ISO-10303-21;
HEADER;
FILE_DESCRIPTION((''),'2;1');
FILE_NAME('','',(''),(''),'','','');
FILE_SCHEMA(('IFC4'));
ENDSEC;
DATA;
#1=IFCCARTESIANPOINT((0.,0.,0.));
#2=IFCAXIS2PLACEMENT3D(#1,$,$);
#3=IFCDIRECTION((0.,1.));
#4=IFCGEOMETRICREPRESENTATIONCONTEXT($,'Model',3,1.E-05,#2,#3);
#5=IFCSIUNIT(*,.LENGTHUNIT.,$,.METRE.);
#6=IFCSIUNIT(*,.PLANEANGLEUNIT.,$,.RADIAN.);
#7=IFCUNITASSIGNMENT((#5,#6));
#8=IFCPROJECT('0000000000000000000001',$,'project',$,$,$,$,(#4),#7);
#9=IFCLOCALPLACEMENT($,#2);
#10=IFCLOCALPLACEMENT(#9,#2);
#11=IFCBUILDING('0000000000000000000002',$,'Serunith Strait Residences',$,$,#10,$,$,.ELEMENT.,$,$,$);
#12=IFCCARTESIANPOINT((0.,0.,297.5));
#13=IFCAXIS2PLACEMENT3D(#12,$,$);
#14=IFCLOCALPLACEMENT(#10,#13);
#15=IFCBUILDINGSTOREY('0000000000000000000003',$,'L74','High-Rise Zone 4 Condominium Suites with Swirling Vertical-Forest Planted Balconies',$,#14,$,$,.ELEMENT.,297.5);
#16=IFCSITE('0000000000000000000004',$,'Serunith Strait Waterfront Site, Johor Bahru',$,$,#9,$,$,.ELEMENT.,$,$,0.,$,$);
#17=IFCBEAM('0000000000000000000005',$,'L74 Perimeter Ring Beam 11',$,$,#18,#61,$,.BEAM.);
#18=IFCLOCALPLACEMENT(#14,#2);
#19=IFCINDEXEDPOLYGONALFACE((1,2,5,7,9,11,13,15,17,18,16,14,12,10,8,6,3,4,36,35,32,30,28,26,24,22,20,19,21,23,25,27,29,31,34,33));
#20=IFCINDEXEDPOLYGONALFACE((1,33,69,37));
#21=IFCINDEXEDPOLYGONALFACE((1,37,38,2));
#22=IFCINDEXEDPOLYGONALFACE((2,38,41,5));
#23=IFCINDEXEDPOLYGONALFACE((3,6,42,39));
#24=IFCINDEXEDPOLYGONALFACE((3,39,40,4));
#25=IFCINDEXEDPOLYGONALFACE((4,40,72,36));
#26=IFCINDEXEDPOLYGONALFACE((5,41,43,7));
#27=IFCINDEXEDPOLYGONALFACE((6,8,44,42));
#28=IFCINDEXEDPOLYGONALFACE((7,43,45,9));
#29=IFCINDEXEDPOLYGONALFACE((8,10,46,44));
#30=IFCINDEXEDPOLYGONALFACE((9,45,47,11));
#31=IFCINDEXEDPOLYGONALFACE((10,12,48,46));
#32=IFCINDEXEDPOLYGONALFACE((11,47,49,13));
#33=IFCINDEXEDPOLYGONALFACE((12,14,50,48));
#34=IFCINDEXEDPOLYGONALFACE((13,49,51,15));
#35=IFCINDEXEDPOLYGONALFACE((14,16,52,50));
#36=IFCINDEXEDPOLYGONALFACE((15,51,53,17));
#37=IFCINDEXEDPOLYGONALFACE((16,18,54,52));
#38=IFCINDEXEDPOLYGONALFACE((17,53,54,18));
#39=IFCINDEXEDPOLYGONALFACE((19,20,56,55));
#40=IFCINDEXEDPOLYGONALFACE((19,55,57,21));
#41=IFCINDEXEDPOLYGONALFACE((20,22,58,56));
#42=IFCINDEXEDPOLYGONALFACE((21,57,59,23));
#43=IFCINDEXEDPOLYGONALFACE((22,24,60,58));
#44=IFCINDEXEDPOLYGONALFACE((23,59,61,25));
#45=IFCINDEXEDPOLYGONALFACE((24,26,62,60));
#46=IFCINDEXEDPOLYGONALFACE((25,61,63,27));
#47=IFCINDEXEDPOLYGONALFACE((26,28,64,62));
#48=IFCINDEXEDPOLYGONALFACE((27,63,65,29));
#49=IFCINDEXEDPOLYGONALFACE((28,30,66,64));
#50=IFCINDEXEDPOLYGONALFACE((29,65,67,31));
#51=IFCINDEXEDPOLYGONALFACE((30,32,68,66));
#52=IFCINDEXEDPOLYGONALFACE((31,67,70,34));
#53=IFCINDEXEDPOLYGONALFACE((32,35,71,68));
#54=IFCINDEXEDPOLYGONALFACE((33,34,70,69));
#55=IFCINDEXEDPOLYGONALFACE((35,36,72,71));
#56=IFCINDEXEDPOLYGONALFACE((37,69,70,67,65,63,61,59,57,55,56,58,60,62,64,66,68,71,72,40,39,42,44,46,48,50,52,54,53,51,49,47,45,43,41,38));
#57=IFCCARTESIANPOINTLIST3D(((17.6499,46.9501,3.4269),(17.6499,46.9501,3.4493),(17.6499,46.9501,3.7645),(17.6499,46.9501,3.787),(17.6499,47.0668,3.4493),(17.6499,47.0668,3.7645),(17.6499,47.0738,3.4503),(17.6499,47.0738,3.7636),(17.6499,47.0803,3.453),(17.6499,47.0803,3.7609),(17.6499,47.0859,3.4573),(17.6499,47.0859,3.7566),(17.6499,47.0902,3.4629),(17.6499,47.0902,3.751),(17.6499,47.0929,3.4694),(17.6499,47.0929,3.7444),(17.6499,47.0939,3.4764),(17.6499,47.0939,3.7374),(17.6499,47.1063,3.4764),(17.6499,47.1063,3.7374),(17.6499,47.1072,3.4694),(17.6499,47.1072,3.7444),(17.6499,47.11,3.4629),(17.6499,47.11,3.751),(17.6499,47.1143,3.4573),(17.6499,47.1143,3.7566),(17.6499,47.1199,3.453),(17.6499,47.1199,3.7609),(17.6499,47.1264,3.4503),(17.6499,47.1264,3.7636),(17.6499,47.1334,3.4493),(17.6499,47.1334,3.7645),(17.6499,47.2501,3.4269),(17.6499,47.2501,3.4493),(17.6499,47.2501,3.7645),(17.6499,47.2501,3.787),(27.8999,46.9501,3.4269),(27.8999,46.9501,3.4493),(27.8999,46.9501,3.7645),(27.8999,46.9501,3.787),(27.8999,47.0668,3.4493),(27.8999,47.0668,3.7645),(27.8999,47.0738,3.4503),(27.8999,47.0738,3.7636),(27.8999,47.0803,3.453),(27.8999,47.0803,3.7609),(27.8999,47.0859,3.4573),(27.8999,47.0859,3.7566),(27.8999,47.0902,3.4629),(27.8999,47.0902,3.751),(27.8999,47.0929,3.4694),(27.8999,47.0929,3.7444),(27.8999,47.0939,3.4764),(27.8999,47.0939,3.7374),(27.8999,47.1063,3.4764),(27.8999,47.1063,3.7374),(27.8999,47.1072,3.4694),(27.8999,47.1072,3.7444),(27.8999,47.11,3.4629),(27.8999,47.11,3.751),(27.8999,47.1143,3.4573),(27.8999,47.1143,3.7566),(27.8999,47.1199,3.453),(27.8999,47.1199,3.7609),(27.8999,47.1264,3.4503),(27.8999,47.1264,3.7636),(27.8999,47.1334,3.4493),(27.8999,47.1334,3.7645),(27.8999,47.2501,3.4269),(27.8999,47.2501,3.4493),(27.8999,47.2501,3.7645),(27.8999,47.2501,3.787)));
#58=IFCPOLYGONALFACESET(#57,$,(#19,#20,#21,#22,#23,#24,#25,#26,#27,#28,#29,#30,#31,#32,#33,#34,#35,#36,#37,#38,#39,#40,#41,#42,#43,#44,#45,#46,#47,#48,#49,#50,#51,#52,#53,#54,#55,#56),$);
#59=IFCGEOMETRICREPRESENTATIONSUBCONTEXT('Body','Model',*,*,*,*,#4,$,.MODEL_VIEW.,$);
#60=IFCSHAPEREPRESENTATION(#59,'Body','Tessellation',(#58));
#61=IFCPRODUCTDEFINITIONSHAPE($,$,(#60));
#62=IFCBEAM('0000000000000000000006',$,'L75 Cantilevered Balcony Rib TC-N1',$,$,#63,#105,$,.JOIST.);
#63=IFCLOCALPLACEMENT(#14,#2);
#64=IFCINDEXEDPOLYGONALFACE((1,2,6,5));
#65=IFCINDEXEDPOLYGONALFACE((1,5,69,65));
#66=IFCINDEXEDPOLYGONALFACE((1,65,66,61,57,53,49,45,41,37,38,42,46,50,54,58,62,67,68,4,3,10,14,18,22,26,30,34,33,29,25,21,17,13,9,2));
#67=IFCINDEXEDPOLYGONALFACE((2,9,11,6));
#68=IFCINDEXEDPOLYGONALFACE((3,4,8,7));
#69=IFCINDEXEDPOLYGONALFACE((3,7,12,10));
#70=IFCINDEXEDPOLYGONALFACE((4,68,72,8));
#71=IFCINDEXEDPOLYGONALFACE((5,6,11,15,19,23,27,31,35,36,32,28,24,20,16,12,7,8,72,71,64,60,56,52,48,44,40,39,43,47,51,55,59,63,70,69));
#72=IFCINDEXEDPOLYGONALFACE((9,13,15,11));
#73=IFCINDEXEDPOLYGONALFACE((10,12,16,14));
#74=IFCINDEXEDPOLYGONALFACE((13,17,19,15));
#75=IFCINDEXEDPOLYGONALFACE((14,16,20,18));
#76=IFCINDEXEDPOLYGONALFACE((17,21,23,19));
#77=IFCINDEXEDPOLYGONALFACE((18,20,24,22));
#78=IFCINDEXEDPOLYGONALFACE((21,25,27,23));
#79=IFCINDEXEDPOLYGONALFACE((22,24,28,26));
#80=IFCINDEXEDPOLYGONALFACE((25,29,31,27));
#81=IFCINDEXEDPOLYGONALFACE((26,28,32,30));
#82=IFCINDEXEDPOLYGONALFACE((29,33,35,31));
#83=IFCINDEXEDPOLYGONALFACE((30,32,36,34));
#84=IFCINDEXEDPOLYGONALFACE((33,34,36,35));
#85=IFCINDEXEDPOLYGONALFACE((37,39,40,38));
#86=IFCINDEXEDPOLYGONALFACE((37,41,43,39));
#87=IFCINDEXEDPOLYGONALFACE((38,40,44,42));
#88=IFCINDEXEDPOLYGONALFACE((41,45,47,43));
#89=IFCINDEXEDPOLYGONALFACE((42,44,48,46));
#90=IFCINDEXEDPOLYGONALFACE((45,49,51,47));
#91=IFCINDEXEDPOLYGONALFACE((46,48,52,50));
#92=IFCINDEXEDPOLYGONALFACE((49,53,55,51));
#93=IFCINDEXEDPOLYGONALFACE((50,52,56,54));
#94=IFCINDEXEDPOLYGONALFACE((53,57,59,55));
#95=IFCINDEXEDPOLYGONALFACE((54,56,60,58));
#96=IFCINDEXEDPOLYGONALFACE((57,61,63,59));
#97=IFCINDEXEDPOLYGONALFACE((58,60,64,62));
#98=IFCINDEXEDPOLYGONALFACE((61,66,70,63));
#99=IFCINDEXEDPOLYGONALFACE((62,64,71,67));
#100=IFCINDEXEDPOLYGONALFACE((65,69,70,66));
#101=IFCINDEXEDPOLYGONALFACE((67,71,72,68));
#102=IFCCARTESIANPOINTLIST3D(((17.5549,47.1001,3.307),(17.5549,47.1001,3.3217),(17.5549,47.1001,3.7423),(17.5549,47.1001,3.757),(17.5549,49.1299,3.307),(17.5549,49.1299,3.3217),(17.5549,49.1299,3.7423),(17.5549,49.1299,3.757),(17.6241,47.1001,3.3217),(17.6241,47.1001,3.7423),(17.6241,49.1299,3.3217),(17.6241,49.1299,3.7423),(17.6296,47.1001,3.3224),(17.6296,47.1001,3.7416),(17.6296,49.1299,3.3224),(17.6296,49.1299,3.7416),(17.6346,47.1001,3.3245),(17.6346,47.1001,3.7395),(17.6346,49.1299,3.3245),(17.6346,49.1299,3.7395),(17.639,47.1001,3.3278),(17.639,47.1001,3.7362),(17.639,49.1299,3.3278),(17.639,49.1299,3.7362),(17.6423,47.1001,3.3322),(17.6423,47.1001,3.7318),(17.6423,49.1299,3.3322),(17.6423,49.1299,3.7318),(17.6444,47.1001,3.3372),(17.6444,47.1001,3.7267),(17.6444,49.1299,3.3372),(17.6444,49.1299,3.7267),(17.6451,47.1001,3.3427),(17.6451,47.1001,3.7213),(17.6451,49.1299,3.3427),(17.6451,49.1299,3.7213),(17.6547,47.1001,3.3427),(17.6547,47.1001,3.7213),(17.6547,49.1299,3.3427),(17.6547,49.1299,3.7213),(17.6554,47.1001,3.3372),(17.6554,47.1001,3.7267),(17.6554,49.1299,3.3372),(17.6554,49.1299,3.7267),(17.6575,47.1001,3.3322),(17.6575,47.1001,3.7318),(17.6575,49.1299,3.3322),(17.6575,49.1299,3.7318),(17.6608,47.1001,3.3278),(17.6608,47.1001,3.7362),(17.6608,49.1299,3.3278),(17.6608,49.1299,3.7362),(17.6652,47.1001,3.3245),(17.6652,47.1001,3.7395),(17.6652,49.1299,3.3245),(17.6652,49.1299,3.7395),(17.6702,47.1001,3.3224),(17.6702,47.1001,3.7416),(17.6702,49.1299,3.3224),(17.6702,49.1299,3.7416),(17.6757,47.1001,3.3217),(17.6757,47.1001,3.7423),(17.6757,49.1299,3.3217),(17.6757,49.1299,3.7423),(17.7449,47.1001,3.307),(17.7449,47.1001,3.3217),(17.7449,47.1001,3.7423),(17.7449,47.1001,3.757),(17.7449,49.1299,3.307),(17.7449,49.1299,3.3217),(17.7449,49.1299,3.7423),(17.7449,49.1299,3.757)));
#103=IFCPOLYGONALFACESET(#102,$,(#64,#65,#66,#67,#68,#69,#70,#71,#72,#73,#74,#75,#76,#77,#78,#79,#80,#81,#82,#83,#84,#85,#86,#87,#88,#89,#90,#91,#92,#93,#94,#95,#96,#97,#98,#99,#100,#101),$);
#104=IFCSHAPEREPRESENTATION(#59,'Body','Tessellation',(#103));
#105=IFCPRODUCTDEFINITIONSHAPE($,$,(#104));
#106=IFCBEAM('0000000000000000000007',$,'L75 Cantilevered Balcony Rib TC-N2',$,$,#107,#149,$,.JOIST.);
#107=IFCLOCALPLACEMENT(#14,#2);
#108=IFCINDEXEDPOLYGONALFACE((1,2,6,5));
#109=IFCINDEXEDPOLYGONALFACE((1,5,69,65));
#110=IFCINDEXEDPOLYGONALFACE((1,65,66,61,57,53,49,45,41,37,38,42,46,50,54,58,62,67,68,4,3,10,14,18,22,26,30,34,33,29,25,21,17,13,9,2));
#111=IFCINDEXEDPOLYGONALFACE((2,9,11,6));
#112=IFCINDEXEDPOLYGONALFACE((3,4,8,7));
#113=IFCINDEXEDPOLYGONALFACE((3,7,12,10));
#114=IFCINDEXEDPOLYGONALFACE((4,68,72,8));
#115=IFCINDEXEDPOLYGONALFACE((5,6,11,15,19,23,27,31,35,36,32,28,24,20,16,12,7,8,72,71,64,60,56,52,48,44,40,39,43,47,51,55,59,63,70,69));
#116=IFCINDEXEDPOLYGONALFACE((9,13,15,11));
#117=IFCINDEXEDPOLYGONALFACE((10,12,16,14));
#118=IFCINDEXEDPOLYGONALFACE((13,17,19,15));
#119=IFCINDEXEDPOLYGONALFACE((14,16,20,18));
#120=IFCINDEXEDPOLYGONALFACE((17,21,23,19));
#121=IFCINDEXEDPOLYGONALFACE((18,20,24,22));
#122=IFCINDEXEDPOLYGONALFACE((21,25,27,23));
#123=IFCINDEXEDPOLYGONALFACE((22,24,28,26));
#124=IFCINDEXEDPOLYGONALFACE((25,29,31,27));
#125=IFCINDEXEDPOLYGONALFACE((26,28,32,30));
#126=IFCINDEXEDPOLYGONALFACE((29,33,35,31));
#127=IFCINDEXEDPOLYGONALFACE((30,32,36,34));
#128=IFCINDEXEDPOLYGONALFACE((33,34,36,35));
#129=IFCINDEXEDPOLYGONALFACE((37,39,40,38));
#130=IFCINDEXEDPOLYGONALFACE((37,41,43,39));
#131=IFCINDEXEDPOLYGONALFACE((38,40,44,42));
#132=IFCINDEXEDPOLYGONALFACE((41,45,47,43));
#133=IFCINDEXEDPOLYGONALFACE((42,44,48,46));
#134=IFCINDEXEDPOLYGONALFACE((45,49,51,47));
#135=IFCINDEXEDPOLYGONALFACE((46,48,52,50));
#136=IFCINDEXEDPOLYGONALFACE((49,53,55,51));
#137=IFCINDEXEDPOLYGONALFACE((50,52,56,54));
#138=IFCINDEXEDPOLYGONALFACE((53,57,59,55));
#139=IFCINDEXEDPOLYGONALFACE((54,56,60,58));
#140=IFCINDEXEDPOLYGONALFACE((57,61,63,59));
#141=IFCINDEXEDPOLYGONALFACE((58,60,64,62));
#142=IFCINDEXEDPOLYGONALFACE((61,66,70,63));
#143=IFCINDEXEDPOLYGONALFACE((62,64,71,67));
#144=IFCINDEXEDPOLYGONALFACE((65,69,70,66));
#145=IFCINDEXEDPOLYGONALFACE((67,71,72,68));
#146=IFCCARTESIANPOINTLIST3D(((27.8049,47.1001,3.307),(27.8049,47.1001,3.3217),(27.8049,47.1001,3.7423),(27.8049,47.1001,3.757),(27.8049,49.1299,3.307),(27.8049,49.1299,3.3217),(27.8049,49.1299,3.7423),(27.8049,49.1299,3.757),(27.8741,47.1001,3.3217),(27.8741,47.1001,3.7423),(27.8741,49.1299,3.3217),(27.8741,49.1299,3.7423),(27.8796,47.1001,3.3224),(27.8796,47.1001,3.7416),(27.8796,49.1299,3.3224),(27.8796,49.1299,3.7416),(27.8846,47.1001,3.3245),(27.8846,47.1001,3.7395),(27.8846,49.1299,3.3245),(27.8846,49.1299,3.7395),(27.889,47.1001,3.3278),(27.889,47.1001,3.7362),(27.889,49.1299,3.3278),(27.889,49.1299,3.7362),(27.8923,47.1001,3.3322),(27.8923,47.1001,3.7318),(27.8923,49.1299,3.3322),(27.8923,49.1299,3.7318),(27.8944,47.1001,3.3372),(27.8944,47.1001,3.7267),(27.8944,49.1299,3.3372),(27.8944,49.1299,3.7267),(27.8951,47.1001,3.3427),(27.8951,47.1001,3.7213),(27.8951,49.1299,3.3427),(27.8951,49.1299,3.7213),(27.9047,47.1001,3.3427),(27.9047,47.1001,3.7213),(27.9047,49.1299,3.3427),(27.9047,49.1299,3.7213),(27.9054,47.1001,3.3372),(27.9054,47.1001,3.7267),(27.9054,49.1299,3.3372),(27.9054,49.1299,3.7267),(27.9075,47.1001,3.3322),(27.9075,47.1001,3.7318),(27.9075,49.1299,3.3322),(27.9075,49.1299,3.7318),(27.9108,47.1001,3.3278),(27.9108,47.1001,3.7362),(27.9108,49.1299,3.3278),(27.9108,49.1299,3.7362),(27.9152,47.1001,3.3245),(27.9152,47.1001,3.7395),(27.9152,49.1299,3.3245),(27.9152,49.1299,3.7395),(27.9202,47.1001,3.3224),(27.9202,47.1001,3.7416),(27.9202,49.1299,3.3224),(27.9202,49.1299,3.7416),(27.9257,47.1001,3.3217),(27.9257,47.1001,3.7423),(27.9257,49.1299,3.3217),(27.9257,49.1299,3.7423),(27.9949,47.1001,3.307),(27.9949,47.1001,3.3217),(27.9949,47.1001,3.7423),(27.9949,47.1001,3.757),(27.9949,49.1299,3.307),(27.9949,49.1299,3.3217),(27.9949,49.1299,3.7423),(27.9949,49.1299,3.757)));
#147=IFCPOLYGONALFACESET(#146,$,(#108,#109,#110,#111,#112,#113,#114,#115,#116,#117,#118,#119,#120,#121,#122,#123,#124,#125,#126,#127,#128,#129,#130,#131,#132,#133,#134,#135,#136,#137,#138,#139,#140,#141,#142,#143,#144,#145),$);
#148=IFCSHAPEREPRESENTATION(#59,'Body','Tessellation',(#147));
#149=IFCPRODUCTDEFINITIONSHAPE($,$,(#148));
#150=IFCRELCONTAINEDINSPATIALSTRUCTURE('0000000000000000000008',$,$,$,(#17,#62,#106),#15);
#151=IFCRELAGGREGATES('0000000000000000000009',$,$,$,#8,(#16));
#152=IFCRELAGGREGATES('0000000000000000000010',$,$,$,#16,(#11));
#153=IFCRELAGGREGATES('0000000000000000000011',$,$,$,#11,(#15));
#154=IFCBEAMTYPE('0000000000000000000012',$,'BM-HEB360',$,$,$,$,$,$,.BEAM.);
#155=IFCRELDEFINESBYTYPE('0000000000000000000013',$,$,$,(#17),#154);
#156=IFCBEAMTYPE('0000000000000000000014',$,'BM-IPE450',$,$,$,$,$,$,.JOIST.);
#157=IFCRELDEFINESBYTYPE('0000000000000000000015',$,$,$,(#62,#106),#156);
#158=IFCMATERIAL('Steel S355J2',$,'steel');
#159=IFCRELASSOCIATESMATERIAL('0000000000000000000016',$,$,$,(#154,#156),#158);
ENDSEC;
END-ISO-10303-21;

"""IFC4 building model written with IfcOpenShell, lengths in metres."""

from ifc_helpers import new_model, si_unit, direction, frame, origin, origin_2d, place, context, subcontext, project, spatial, i_section, extrude, source, transform, mapped, material, material_profile, profile_set, type_object, element, save


model = new_model("IFC4")

# Units and contexts
model_context = context("Model", 3, precision=1e-05, world=origin(), true_north=direction((0.0, 1.0)))
body_context = subcontext(model_context, "Body", "Model", "MODEL_VIEW")
ifc_project = project(units=[si_unit("LENGTHUNIT", "METRE"), si_unit("PLANEANGLEUNIT", "RADIAN")], contexts=[model_context])

# Site, building, storey
site_placement = place(None, origin())
site = spatial("IfcSite", under=ifc_project, at=site_placement, Name="Serunith Strait Waterfront Site, Johor Bahru", CompositionType="ELEMENT", RefElevation=0.0)
building_placement = place(site_placement, origin())
building = spatial("IfcBuilding", under=site, at=building_placement, Name="Serunith Strait Residences", CompositionType="ELEMENT")
storey_placement = place(building_placement, frame((0.0, 0.0, 297.5)))
storey = spatial("IfcBuildingStorey", under=building, at=storey_placement, Name="L74", Description="High-Rise Zone 4 Condominium Suites with Swirling Vertical-Forest Planted Balconies", CompositionType="ELEMENT", Elevation=297.5)

# Beams
ifc_material_1 = material(Name="Steel S355J2", Category="steel")
ifc_material_profile_1 = material_profile(ifc_material_1, i_section(OverallWidth=0.3, OverallDepth=0.3601, WebThickness=0.0125, FlangeThickness=0.0225, FilletRadius=0.0271, at=origin_2d()), Name="HEB 360")
ifc_profile_set_1 = profile_set([ifc_material_profile_1], Name="Steel S355J2")
beam_type_1 = type_object("IfcBeamType", Name="BM-HEB360", PredefinedType="BEAM", material=ifc_profile_set_1)
shared_shape_1 = source(origin(), body_context, "Body", "SweptSolid", [
    extrude(i_section(OverallWidth=0.3, OverallDepth=0.3601, WebThickness=0.0125, FlangeThickness=0.0225, FilletRadius=0.0271, at=origin_2d()), origin(), (0.0, 0.0, 1.0), 10.25),
])
beam_1_placement = place(storey_placement, frame((27.8999, 47.1001, 3.6069), z_axis=(-1.0, 0.0, 0.0), x_axis=(0.0, -1.0, 0.0)))
element("IfcBeam", 1, at=beam_1_placement, inside=storey, type_object=beam_type_1, Name="L74 Perimeter Ring Beam 11", PredefinedType="BEAM", context=body_context, shape_type="MappedRepresentation", body=[
    mapped(shared_shape_1, transform((0.0, 0.0, 0.0), scale=1.0)),
])
ifc_material_profile_2 = material_profile(ifc_material_1, i_section(OverallWidth=0.1899, OverallDepth=0.45, WebThickness=0.0095, FlangeThickness=0.0146, FilletRadius=0.021, at=origin_2d()), Name="IPE 450")
ifc_profile_set_2 = profile_set([ifc_material_profile_2], Name="Steel S355J2")
beam_type_2 = type_object("IfcBeamType", Name="BM-IPE450", PredefinedType="JOIST", material=ifc_profile_set_2)
shared_shape_2 = source(origin(), body_context, "Body", "SweptSolid", [
    extrude(i_section(OverallWidth=0.1899, OverallDepth=0.45, WebThickness=0.0095, FlangeThickness=0.0146, FilletRadius=0.021, at=origin_2d()), origin(), (0.0, 0.0, 1.0), 2.0298),
])
for number, where, z_axis, x_axis, name in (
    (2, (17.6499, 47.1001, 3.532), (0.0, 1.0, 0.0), (-1.0, 0.0, 0.0), "L75 Cantilevered Balcony Rib TC-N1"),
    (3, (27.8999, 47.1001, 3.532), (0.0, 1.0, 0.0), (-1.0, 0.0, 0.0), "L75 Cantilevered Balcony Rib TC-N2"),
):
    element("IfcBeam", number, at=place(storey_placement, frame(where, z_axis=z_axis, x_axis=x_axis)), inside=storey, type_object=beam_type_2, Name=name, PredefinedType="JOIST", context=body_context, shape_type="MappedRepresentation", body=[
        mapped(shared_shape_2, transform((0.0, 0.0, 0.0), scale=1.0)),
    ])

save(model, "model.ifc")
